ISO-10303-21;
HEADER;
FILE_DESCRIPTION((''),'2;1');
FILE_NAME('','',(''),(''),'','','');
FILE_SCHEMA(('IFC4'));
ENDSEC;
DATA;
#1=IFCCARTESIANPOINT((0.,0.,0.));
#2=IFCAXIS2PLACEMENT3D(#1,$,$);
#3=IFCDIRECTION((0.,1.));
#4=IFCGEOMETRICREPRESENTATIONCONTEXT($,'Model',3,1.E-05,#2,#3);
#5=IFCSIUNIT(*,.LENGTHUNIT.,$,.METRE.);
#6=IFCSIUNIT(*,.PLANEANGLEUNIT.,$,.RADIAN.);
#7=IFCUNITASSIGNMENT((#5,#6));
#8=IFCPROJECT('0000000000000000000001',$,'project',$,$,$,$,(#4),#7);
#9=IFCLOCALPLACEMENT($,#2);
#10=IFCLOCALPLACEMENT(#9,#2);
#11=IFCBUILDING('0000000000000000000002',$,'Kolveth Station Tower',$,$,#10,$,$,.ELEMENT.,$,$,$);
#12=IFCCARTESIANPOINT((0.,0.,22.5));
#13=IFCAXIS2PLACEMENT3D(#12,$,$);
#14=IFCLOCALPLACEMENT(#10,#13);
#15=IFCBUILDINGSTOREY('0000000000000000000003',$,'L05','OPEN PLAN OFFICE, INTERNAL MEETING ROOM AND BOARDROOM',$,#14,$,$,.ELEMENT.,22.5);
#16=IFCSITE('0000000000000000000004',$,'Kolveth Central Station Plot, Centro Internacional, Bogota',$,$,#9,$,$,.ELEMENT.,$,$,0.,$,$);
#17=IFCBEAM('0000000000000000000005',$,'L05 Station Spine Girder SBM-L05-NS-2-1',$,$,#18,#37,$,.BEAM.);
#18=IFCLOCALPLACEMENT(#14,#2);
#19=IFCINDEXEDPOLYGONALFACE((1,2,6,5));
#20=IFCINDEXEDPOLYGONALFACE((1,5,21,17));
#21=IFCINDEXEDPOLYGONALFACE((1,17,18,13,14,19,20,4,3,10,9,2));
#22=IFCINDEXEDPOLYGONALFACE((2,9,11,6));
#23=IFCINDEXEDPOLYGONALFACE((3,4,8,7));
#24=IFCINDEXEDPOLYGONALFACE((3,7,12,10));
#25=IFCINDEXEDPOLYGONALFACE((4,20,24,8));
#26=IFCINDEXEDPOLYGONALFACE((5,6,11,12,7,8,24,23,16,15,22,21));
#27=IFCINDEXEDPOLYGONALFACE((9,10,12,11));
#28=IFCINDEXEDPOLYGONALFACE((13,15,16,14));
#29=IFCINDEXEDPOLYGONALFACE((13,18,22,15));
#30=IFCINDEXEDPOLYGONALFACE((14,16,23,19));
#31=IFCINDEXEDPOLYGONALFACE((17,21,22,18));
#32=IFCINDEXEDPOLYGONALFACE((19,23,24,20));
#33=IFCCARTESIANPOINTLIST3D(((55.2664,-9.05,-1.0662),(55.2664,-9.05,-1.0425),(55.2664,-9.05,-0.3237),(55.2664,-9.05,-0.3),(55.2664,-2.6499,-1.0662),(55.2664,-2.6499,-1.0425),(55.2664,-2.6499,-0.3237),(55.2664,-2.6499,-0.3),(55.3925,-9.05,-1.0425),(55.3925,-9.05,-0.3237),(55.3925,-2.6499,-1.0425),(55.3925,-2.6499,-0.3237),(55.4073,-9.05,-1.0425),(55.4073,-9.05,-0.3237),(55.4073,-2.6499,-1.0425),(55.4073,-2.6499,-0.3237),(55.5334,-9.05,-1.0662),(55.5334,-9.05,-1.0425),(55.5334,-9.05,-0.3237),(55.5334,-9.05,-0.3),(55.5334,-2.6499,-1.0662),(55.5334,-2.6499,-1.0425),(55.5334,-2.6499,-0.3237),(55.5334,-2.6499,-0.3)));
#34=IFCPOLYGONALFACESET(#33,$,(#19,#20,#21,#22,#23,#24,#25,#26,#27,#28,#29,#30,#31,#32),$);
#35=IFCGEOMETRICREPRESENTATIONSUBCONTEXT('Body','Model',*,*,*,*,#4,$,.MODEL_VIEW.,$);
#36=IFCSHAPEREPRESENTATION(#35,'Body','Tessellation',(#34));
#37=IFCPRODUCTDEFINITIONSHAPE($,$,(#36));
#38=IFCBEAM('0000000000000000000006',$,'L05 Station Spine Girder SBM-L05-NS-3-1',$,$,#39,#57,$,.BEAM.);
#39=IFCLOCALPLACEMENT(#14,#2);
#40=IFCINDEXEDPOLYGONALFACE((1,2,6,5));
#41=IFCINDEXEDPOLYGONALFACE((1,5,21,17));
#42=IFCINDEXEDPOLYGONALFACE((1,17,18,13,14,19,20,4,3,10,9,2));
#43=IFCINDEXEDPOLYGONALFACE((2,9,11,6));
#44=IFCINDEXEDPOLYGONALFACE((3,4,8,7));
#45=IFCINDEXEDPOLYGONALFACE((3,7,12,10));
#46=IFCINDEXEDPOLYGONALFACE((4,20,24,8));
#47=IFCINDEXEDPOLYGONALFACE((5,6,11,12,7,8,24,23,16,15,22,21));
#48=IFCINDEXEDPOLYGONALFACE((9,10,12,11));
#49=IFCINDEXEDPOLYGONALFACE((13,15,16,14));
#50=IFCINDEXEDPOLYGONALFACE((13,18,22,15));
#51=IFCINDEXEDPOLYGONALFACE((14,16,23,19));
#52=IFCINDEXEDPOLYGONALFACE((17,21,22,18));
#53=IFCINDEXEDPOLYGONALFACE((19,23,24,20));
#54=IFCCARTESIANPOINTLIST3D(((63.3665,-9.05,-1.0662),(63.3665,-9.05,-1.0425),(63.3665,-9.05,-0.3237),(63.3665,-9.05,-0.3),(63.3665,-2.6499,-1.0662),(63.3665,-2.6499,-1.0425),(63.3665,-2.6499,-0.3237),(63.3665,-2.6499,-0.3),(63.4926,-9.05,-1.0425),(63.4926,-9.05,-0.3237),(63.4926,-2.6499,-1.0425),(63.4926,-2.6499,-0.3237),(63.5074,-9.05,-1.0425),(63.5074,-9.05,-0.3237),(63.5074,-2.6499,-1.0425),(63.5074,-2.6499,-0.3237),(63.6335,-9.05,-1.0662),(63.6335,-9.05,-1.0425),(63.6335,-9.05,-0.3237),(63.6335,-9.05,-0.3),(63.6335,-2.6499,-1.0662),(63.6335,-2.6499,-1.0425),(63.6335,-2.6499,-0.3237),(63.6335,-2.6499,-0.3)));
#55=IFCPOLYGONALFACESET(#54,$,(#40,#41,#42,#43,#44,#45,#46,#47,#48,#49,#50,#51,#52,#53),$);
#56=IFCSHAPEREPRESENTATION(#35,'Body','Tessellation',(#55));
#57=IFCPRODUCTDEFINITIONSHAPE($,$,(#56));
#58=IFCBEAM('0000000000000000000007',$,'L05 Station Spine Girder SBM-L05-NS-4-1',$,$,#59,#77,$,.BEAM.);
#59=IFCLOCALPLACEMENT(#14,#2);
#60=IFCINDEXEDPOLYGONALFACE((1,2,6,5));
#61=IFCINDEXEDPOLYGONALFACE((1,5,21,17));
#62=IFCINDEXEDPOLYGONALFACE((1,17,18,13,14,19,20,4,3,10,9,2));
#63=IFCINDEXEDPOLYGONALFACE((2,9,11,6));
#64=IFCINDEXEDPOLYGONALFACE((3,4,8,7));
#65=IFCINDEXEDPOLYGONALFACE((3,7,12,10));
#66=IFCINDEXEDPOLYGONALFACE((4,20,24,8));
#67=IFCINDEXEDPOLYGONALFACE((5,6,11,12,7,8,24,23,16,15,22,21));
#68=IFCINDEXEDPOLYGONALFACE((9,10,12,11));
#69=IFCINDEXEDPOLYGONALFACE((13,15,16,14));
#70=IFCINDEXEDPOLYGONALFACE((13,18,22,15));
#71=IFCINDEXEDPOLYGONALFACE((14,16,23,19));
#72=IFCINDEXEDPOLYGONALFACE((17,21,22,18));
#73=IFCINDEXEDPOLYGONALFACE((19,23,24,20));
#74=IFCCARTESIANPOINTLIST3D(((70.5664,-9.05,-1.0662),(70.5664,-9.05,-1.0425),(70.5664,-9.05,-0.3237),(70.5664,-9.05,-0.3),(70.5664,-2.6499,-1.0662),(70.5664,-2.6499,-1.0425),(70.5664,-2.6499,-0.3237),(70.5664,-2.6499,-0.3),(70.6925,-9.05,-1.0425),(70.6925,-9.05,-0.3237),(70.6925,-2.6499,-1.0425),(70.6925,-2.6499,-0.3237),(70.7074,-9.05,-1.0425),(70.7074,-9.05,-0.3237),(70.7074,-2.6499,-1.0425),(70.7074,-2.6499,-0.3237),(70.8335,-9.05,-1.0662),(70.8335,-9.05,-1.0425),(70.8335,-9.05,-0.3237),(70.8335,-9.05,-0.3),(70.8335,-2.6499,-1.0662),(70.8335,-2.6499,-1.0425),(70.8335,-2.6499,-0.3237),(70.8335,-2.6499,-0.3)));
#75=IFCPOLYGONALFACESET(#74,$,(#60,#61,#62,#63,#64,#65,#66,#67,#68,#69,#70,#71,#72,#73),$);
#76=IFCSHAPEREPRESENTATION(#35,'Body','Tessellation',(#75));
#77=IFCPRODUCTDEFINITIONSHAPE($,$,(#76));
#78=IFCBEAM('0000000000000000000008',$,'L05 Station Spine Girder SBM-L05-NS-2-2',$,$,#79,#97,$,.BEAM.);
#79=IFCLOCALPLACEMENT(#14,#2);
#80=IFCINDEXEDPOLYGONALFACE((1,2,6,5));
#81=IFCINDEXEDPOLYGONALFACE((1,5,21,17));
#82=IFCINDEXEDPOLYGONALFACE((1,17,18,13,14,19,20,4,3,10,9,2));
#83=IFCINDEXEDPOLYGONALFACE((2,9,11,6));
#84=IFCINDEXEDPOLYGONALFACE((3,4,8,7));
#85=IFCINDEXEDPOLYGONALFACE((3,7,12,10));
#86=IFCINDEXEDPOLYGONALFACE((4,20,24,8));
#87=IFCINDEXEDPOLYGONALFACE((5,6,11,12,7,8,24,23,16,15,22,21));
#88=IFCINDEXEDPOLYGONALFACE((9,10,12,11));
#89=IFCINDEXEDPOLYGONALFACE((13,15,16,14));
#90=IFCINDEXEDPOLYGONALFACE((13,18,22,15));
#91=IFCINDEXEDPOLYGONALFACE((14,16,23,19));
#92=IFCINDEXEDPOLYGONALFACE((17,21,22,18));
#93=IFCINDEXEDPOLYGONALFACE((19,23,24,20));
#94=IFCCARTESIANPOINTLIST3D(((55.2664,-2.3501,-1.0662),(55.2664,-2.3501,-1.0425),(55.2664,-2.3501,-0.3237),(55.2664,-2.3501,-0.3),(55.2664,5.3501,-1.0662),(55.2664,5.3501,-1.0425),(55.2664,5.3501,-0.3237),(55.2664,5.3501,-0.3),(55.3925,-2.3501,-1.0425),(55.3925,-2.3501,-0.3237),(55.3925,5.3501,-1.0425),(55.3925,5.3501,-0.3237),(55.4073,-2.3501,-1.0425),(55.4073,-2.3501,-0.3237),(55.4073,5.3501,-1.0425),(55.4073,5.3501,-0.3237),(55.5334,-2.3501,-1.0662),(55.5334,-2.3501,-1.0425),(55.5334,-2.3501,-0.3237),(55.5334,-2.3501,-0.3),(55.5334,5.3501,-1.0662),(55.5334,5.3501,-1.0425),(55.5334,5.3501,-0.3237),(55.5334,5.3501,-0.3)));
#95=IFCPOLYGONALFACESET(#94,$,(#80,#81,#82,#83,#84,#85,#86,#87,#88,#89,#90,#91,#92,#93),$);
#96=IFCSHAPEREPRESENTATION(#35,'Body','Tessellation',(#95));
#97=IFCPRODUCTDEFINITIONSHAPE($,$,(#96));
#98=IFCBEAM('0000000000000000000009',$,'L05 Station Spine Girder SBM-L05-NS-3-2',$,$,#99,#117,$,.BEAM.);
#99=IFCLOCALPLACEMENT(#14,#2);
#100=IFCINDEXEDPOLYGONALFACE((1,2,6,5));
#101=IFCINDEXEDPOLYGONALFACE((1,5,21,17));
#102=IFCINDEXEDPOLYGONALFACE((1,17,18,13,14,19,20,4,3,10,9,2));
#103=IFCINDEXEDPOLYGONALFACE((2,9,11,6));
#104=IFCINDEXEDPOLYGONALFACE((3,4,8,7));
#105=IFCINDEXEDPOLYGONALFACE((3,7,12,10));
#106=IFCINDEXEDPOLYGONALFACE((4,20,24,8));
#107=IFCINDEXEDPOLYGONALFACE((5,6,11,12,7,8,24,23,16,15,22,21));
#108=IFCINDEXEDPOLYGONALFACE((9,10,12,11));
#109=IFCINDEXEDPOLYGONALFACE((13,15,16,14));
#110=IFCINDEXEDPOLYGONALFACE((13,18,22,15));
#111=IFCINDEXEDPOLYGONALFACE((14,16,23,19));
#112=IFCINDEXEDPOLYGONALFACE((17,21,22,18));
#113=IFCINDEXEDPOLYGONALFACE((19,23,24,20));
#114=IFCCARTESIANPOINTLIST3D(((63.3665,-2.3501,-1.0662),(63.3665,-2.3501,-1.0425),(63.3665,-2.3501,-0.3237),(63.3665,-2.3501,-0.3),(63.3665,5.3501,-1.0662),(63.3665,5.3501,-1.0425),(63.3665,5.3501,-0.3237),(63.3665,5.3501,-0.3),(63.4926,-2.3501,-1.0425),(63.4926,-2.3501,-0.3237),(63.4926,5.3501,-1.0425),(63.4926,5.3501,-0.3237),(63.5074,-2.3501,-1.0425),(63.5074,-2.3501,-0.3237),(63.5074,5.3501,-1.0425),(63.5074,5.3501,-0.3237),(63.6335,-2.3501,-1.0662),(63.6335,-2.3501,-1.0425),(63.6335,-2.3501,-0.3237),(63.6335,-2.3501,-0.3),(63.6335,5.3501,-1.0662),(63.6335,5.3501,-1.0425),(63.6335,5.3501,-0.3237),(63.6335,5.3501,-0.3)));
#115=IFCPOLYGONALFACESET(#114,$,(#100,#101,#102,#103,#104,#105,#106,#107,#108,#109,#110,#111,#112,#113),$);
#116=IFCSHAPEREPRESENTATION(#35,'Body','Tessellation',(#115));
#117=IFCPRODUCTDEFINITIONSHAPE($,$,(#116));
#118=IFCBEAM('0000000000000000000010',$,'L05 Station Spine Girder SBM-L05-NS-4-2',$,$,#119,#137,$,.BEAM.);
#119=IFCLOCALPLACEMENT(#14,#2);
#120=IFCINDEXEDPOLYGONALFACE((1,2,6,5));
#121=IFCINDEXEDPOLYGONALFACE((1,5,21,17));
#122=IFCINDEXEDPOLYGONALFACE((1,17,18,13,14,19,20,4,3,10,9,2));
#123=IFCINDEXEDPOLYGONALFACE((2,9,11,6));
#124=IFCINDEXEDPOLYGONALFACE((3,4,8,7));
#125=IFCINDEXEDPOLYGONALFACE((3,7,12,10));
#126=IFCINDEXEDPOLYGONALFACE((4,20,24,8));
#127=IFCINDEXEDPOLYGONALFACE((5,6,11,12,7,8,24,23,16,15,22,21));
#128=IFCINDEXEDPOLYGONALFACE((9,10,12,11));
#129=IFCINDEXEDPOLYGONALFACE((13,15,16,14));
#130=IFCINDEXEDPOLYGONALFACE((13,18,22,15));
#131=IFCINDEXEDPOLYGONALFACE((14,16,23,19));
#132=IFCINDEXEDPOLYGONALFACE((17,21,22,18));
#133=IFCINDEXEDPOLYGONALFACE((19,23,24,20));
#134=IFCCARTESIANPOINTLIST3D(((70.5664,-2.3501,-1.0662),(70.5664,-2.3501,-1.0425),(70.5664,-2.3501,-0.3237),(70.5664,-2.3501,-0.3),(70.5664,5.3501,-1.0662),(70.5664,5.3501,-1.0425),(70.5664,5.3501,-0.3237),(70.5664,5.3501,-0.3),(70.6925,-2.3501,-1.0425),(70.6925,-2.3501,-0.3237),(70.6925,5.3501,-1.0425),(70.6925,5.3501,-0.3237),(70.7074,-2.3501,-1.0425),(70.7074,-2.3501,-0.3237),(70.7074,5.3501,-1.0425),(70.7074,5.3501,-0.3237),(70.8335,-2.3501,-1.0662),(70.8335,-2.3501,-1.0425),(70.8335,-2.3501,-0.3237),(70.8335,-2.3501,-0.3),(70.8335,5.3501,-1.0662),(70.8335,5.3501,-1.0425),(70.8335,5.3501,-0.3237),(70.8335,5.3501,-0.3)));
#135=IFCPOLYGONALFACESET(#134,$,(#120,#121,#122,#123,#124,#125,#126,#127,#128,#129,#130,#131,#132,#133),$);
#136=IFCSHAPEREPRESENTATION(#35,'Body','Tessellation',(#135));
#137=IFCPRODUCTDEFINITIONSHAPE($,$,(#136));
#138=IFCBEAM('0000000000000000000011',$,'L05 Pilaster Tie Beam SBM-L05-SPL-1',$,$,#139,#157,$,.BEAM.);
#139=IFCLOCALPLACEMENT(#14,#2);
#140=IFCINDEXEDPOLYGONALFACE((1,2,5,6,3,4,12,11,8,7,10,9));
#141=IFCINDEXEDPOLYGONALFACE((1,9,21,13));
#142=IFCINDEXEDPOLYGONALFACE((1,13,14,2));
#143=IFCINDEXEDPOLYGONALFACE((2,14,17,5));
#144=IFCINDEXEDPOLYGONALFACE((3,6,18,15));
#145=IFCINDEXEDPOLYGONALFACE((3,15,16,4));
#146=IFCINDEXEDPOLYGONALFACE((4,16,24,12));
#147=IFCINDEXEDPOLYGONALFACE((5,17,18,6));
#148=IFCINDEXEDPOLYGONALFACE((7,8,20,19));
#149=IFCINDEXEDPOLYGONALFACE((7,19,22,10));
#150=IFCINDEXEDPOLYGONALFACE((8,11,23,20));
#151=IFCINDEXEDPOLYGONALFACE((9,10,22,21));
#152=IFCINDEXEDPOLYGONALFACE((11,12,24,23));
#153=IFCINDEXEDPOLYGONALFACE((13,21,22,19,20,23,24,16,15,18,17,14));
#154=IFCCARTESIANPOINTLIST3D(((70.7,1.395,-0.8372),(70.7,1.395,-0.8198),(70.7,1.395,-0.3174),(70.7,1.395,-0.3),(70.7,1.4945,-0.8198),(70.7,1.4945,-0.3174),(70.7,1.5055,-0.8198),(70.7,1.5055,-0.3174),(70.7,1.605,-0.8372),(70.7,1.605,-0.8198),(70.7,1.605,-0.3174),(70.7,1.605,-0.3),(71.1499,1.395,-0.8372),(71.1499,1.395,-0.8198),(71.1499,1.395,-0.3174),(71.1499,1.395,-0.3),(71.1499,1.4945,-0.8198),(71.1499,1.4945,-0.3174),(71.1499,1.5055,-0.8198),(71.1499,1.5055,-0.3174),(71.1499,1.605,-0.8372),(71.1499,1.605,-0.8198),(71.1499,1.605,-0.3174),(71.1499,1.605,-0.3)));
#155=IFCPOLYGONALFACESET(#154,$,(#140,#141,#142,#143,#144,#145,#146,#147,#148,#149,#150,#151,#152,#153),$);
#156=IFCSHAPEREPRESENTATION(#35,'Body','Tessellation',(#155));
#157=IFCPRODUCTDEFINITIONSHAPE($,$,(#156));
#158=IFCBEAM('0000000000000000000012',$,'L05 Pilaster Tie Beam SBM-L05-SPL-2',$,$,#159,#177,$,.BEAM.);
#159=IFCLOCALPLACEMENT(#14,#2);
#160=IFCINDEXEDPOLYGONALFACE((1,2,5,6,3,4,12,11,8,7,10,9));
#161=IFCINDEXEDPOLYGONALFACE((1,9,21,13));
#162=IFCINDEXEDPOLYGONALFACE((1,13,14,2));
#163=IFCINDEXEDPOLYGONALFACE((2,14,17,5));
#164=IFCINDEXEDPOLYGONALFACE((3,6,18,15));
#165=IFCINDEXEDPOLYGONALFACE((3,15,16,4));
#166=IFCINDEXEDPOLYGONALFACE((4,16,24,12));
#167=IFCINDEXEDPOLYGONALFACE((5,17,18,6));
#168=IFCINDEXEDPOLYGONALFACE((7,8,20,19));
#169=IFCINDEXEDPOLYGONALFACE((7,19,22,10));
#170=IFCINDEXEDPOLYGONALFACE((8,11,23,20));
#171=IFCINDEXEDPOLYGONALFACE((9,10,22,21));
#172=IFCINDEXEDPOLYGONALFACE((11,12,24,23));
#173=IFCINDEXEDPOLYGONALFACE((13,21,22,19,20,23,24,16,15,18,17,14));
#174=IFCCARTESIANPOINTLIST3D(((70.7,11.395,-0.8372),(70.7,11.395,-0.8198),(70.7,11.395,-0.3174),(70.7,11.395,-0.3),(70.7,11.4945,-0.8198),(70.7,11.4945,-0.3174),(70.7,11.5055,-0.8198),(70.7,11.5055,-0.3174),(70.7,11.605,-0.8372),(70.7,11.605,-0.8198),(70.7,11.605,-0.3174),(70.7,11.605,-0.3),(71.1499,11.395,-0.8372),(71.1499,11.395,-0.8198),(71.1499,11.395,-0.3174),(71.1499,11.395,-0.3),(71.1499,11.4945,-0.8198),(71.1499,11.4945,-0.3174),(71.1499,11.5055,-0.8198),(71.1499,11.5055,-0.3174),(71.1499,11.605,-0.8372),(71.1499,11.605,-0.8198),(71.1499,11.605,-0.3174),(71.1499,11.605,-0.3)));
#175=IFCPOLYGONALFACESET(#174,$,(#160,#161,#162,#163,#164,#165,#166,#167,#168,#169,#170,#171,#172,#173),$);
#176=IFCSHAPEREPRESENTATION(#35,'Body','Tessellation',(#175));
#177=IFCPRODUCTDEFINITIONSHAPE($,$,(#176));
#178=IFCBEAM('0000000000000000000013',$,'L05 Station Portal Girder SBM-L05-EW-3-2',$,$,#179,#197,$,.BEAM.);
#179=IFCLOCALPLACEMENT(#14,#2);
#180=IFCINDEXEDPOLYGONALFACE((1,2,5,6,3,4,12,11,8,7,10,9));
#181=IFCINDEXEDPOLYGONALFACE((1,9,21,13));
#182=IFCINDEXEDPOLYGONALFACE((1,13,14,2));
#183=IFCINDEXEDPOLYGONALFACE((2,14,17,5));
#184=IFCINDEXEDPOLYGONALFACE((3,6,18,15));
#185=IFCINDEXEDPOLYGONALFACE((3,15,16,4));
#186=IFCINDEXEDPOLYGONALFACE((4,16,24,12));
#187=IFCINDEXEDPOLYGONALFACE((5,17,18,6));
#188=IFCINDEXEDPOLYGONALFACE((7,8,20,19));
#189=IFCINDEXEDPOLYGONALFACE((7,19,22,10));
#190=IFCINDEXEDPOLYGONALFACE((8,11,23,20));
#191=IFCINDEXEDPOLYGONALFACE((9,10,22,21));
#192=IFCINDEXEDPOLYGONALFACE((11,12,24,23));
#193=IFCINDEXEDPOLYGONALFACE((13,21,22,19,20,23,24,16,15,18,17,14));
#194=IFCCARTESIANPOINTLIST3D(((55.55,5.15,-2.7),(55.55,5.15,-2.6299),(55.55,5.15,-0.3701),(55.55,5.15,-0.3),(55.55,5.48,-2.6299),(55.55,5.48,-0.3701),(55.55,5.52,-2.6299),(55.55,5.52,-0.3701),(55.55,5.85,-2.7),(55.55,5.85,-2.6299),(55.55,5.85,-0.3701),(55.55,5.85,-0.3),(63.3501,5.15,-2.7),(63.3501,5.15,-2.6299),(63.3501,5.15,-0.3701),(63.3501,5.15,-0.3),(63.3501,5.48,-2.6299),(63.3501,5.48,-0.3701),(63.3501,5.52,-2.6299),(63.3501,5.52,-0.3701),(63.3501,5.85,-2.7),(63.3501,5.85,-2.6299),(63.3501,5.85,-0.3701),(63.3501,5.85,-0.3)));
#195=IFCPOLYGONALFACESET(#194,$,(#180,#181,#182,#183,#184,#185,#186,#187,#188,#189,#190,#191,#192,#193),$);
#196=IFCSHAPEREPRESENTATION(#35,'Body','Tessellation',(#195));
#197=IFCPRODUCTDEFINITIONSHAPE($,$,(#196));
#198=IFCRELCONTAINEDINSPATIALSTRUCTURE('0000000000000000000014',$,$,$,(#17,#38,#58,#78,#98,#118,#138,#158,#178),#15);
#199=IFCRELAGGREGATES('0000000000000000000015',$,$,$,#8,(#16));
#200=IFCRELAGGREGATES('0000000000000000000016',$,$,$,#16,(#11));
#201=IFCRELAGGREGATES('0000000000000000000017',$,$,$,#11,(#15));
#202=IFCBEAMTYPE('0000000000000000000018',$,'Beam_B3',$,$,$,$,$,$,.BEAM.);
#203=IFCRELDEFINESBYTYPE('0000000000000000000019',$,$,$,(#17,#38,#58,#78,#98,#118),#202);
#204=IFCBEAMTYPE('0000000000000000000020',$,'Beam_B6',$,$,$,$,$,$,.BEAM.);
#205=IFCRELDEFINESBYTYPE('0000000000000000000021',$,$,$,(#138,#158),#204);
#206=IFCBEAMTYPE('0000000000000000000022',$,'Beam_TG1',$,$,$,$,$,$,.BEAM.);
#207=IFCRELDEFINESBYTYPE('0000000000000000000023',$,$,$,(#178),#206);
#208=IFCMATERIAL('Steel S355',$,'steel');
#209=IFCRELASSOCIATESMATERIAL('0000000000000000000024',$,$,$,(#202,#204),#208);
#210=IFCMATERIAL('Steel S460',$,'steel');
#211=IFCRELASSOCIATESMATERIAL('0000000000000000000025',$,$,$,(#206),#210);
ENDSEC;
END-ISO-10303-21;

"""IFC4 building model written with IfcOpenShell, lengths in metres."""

from ifc_helpers import new_model, si_unit, direction, frame, origin, origin_2d, place, context, subcontext, project, spatial, i_section, extrude, source, transform, mapped, material, material_profile, profile_set, type_object, element, save


model = new_model("IFC4")

# Units and contexts
model_context = context("Model", 3, precision=1e-05, world=origin(), true_north=direction((0.0, 1.0)))
body_context = subcontext(model_context, "Body", "Model", "MODEL_VIEW")
ifc_project = project(units=[si_unit("LENGTHUNIT", "METRE"), si_unit("PLANEANGLEUNIT", "RADIAN")], contexts=[model_context])

# Site, building, storey
site_placement = place(None, origin())
site = spatial("IfcSite", under=ifc_project, at=site_placement, Name="Kolveth Central Station Plot, Centro Internacional, Bogota", CompositionType="ELEMENT", RefElevation=0.0)
building_placement = place(site_placement, origin())
building = spatial("IfcBuilding", under=site, at=building_placement, Name="Kolveth Station Tower", CompositionType="ELEMENT")
storey_placement = place(building_placement, frame((0.0, 0.0, 22.5)))
storey = spatial("IfcBuildingStorey", under=building, at=storey_placement, Name="L05", Description="OPEN PLAN OFFICE, INTERNAL MEETING ROOM AND BOARDROOM", CompositionType="ELEMENT", Elevation=22.5)

# Beams
ifc_material_1 = material(Name="Steel S355", Category="steel")
ifc_material_profile_1 = material_profile(ifc_material_1, i_section(OverallWidth=0.2671, OverallDepth=0.7661, WebThickness=0.0149, FlangeThickness=0.0237, at=origin_2d()), Name="W760x185")
ifc_profile_set_1 = profile_set([ifc_material_profile_1], Name="Steel S355")
beam_type_1 = type_object("IfcBeamType", Name="Beam_B3", PredefinedType="BEAM", material=ifc_profile_set_1)
shared_shape_1 = source(origin(), body_context, "Body", "SweptSolid", [
    extrude(i_section(OverallWidth=0.2671, OverallDepth=0.7661, WebThickness=0.0149, FlangeThickness=0.0237, at=origin_2d()), origin(), (0.0, 0.0, 1.0), 6.4001),
])
for number, where, z_axis, x_axis, name in (
    (1, (55.3999, -9.05, -0.6831), (0.0, 1.0, 0.0), (-1.0, 0.0, 0.0), "L05 Station Spine Girder SBM-L05-NS-2-1"),
    (2, (63.5, -9.05, -0.6831), (0.0, 1.0, 0.0), (-1.0, 0.0, 0.0), "L05 Station Spine Girder SBM-L05-NS-3-1"),
    (3, (70.7, -9.05, -0.6831), (0.0, 1.0, 0.0), (-1.0, 0.0, 0.0), "L05 Station Spine Girder SBM-L05-NS-4-1"),
):
    element("IfcBeam", number, at=place(storey_placement, frame(where, z_axis=z_axis, x_axis=x_axis)), inside=storey, type_object=beam_type_1, Name=name, PredefinedType="BEAM", context=body_context, shape_type="MappedRepresentation", body=[
        mapped(shared_shape_1, transform((0.0, 0.0, 0.0), x_axis=(1.0, 0.0, 0.0), y_axis=(0.0, 1.0, 0.0), z_axis=(0.0, 0.0, 1.0), scale=1.0)),
    ])
shared_shape_2 = source(origin(), body_context, "Body", "SweptSolid", [
    extrude(i_section(OverallWidth=0.2671, OverallDepth=0.7661, WebThickness=0.0149, FlangeThickness=0.0237, at=origin_2d()), origin(), (0.0, 0.0, 1.0), 7.7002),
])
for number, where, z_axis, x_axis, name in (
    (4, (55.3999, -2.3501, -0.6831), (0.0, 1.0, 0.0), (-1.0, 0.0, 0.0), "L05 Station Spine Girder SBM-L05-NS-2-2"),
    (5, (63.5, -2.3501, -0.6831), (0.0, 1.0, 0.0), (-1.0, 0.0, 0.0), "L05 Station Spine Girder SBM-L05-NS-3-2"),
    (6, (70.7, -2.3501, -0.6831), (0.0, 1.0, 0.0), (-1.0, 0.0, 0.0), "L05 Station Spine Girder SBM-L05-NS-4-2"),
):
    element("IfcBeam", number, at=place(storey_placement, frame(where, z_axis=z_axis, x_axis=x_axis)), inside=storey, type_object=beam_type_1, Name=name, PredefinedType="BEAM", context=body_context, shape_type="MappedRepresentation", body=[
        mapped(shared_shape_2, transform((0.0, 0.0, 0.0), x_axis=(1.0, 0.0, 0.0), y_axis=(0.0, 1.0, 0.0), z_axis=(0.0, 0.0, 1.0), scale=1.0)),
    ])
ifc_material_profile_2 = material_profile(ifc_material_1, i_section(OverallWidth=0.21, OverallDepth=0.5371, WebThickness=0.011, FlangeThickness=0.0173, at=origin_2d()), Name="W530x101")
ifc_profile_set_2 = profile_set([ifc_material_profile_2], Name="Steel S355")
beam_type_2 = type_object("IfcBeamType", Name="Beam_B6", PredefinedType="BEAM", material=ifc_profile_set_2)
shared_shape_3 = source(origin(), body_context, "Body", "SweptSolid", [
    extrude(i_section(OverallWidth=0.21, OverallDepth=0.5371, WebThickness=0.011, FlangeThickness=0.0173, at=origin_2d()), origin(), (0.0, 0.0, 1.0), 0.45),
])
for number, where, z_axis, x_axis, name in (
    (7, (70.7, 1.5, -0.5686), (1.0, 0.0, 0.0), (0.0, 1.0, 0.0), "L05 Pilaster Tie Beam SBM-L05-SPL-1"),
    (8, (70.7, 11.5, -0.5686), (1.0, 0.0, 0.0), (0.0, 1.0, 0.0), "L05 Pilaster Tie Beam SBM-L05-SPL-2"),
):
    element("IfcBeam", number, at=place(storey_placement, frame(where, z_axis=z_axis, x_axis=x_axis)), inside=storey, type_object=beam_type_2, Name=name, PredefinedType="BEAM", context=body_context, shape_type="MappedRepresentation", body=[
        mapped(shared_shape_3, transform((0.0, 0.0, 0.0), x_axis=(1.0, 0.0, 0.0), y_axis=(0.0, 1.0, 0.0), z_axis=(0.0, 0.0, 1.0), scale=1.0)),
    ])
ifc_material_2 = material(Name="Steel S460", Category="steel")
ifc_material_profile_3 = material_profile(ifc_material_2, i_section(OverallWidth=0.7, OverallDepth=2.3999, WebThickness=0.04, FlangeThickness=0.0701, at=origin_2d()), Name="PG2400x700x70")
ifc_profile_set_3 = profile_set([ifc_material_profile_3], Name="Steel S460")
beam_type_3 = type_object("IfcBeamType", Name="Beam_TG1", PredefinedType="BEAM", material=ifc_profile_set_3)
shared_shape_4 = source(origin(), body_context, "Body", "SweptSolid", [
    extrude(i_section(OverallWidth=0.7, OverallDepth=2.3999, WebThickness=0.04, FlangeThickness=0.0701, at=origin_2d()), origin(), (0.0, 0.0, 1.0), 7.8),
])
for number, where, z_axis, x_axis, name in (
    (9, (55.55, 5.5, -1.5), (1.0, 0.0, 0.0), (0.0, 1.0, 0.0), "L05 Station Portal Girder SBM-L05-EW-3-2"),
):
    element("IfcBeam", number, at=place(storey_placement, frame(where, z_axis=z_axis, x_axis=x_axis)), inside=storey, type_object=beam_type_3, Name=name, PredefinedType="BEAM", context=body_context, shape_type="MappedRepresentation", body=[
        mapped(shared_shape_4, transform((0.0, 0.0, 0.0), x_axis=(1.0, 0.0, 0.0), y_axis=(0.0, 1.0, 0.0), z_axis=(0.0, 0.0, 1.0), scale=1.0)),
    ])

save(model, "model.ifc")
